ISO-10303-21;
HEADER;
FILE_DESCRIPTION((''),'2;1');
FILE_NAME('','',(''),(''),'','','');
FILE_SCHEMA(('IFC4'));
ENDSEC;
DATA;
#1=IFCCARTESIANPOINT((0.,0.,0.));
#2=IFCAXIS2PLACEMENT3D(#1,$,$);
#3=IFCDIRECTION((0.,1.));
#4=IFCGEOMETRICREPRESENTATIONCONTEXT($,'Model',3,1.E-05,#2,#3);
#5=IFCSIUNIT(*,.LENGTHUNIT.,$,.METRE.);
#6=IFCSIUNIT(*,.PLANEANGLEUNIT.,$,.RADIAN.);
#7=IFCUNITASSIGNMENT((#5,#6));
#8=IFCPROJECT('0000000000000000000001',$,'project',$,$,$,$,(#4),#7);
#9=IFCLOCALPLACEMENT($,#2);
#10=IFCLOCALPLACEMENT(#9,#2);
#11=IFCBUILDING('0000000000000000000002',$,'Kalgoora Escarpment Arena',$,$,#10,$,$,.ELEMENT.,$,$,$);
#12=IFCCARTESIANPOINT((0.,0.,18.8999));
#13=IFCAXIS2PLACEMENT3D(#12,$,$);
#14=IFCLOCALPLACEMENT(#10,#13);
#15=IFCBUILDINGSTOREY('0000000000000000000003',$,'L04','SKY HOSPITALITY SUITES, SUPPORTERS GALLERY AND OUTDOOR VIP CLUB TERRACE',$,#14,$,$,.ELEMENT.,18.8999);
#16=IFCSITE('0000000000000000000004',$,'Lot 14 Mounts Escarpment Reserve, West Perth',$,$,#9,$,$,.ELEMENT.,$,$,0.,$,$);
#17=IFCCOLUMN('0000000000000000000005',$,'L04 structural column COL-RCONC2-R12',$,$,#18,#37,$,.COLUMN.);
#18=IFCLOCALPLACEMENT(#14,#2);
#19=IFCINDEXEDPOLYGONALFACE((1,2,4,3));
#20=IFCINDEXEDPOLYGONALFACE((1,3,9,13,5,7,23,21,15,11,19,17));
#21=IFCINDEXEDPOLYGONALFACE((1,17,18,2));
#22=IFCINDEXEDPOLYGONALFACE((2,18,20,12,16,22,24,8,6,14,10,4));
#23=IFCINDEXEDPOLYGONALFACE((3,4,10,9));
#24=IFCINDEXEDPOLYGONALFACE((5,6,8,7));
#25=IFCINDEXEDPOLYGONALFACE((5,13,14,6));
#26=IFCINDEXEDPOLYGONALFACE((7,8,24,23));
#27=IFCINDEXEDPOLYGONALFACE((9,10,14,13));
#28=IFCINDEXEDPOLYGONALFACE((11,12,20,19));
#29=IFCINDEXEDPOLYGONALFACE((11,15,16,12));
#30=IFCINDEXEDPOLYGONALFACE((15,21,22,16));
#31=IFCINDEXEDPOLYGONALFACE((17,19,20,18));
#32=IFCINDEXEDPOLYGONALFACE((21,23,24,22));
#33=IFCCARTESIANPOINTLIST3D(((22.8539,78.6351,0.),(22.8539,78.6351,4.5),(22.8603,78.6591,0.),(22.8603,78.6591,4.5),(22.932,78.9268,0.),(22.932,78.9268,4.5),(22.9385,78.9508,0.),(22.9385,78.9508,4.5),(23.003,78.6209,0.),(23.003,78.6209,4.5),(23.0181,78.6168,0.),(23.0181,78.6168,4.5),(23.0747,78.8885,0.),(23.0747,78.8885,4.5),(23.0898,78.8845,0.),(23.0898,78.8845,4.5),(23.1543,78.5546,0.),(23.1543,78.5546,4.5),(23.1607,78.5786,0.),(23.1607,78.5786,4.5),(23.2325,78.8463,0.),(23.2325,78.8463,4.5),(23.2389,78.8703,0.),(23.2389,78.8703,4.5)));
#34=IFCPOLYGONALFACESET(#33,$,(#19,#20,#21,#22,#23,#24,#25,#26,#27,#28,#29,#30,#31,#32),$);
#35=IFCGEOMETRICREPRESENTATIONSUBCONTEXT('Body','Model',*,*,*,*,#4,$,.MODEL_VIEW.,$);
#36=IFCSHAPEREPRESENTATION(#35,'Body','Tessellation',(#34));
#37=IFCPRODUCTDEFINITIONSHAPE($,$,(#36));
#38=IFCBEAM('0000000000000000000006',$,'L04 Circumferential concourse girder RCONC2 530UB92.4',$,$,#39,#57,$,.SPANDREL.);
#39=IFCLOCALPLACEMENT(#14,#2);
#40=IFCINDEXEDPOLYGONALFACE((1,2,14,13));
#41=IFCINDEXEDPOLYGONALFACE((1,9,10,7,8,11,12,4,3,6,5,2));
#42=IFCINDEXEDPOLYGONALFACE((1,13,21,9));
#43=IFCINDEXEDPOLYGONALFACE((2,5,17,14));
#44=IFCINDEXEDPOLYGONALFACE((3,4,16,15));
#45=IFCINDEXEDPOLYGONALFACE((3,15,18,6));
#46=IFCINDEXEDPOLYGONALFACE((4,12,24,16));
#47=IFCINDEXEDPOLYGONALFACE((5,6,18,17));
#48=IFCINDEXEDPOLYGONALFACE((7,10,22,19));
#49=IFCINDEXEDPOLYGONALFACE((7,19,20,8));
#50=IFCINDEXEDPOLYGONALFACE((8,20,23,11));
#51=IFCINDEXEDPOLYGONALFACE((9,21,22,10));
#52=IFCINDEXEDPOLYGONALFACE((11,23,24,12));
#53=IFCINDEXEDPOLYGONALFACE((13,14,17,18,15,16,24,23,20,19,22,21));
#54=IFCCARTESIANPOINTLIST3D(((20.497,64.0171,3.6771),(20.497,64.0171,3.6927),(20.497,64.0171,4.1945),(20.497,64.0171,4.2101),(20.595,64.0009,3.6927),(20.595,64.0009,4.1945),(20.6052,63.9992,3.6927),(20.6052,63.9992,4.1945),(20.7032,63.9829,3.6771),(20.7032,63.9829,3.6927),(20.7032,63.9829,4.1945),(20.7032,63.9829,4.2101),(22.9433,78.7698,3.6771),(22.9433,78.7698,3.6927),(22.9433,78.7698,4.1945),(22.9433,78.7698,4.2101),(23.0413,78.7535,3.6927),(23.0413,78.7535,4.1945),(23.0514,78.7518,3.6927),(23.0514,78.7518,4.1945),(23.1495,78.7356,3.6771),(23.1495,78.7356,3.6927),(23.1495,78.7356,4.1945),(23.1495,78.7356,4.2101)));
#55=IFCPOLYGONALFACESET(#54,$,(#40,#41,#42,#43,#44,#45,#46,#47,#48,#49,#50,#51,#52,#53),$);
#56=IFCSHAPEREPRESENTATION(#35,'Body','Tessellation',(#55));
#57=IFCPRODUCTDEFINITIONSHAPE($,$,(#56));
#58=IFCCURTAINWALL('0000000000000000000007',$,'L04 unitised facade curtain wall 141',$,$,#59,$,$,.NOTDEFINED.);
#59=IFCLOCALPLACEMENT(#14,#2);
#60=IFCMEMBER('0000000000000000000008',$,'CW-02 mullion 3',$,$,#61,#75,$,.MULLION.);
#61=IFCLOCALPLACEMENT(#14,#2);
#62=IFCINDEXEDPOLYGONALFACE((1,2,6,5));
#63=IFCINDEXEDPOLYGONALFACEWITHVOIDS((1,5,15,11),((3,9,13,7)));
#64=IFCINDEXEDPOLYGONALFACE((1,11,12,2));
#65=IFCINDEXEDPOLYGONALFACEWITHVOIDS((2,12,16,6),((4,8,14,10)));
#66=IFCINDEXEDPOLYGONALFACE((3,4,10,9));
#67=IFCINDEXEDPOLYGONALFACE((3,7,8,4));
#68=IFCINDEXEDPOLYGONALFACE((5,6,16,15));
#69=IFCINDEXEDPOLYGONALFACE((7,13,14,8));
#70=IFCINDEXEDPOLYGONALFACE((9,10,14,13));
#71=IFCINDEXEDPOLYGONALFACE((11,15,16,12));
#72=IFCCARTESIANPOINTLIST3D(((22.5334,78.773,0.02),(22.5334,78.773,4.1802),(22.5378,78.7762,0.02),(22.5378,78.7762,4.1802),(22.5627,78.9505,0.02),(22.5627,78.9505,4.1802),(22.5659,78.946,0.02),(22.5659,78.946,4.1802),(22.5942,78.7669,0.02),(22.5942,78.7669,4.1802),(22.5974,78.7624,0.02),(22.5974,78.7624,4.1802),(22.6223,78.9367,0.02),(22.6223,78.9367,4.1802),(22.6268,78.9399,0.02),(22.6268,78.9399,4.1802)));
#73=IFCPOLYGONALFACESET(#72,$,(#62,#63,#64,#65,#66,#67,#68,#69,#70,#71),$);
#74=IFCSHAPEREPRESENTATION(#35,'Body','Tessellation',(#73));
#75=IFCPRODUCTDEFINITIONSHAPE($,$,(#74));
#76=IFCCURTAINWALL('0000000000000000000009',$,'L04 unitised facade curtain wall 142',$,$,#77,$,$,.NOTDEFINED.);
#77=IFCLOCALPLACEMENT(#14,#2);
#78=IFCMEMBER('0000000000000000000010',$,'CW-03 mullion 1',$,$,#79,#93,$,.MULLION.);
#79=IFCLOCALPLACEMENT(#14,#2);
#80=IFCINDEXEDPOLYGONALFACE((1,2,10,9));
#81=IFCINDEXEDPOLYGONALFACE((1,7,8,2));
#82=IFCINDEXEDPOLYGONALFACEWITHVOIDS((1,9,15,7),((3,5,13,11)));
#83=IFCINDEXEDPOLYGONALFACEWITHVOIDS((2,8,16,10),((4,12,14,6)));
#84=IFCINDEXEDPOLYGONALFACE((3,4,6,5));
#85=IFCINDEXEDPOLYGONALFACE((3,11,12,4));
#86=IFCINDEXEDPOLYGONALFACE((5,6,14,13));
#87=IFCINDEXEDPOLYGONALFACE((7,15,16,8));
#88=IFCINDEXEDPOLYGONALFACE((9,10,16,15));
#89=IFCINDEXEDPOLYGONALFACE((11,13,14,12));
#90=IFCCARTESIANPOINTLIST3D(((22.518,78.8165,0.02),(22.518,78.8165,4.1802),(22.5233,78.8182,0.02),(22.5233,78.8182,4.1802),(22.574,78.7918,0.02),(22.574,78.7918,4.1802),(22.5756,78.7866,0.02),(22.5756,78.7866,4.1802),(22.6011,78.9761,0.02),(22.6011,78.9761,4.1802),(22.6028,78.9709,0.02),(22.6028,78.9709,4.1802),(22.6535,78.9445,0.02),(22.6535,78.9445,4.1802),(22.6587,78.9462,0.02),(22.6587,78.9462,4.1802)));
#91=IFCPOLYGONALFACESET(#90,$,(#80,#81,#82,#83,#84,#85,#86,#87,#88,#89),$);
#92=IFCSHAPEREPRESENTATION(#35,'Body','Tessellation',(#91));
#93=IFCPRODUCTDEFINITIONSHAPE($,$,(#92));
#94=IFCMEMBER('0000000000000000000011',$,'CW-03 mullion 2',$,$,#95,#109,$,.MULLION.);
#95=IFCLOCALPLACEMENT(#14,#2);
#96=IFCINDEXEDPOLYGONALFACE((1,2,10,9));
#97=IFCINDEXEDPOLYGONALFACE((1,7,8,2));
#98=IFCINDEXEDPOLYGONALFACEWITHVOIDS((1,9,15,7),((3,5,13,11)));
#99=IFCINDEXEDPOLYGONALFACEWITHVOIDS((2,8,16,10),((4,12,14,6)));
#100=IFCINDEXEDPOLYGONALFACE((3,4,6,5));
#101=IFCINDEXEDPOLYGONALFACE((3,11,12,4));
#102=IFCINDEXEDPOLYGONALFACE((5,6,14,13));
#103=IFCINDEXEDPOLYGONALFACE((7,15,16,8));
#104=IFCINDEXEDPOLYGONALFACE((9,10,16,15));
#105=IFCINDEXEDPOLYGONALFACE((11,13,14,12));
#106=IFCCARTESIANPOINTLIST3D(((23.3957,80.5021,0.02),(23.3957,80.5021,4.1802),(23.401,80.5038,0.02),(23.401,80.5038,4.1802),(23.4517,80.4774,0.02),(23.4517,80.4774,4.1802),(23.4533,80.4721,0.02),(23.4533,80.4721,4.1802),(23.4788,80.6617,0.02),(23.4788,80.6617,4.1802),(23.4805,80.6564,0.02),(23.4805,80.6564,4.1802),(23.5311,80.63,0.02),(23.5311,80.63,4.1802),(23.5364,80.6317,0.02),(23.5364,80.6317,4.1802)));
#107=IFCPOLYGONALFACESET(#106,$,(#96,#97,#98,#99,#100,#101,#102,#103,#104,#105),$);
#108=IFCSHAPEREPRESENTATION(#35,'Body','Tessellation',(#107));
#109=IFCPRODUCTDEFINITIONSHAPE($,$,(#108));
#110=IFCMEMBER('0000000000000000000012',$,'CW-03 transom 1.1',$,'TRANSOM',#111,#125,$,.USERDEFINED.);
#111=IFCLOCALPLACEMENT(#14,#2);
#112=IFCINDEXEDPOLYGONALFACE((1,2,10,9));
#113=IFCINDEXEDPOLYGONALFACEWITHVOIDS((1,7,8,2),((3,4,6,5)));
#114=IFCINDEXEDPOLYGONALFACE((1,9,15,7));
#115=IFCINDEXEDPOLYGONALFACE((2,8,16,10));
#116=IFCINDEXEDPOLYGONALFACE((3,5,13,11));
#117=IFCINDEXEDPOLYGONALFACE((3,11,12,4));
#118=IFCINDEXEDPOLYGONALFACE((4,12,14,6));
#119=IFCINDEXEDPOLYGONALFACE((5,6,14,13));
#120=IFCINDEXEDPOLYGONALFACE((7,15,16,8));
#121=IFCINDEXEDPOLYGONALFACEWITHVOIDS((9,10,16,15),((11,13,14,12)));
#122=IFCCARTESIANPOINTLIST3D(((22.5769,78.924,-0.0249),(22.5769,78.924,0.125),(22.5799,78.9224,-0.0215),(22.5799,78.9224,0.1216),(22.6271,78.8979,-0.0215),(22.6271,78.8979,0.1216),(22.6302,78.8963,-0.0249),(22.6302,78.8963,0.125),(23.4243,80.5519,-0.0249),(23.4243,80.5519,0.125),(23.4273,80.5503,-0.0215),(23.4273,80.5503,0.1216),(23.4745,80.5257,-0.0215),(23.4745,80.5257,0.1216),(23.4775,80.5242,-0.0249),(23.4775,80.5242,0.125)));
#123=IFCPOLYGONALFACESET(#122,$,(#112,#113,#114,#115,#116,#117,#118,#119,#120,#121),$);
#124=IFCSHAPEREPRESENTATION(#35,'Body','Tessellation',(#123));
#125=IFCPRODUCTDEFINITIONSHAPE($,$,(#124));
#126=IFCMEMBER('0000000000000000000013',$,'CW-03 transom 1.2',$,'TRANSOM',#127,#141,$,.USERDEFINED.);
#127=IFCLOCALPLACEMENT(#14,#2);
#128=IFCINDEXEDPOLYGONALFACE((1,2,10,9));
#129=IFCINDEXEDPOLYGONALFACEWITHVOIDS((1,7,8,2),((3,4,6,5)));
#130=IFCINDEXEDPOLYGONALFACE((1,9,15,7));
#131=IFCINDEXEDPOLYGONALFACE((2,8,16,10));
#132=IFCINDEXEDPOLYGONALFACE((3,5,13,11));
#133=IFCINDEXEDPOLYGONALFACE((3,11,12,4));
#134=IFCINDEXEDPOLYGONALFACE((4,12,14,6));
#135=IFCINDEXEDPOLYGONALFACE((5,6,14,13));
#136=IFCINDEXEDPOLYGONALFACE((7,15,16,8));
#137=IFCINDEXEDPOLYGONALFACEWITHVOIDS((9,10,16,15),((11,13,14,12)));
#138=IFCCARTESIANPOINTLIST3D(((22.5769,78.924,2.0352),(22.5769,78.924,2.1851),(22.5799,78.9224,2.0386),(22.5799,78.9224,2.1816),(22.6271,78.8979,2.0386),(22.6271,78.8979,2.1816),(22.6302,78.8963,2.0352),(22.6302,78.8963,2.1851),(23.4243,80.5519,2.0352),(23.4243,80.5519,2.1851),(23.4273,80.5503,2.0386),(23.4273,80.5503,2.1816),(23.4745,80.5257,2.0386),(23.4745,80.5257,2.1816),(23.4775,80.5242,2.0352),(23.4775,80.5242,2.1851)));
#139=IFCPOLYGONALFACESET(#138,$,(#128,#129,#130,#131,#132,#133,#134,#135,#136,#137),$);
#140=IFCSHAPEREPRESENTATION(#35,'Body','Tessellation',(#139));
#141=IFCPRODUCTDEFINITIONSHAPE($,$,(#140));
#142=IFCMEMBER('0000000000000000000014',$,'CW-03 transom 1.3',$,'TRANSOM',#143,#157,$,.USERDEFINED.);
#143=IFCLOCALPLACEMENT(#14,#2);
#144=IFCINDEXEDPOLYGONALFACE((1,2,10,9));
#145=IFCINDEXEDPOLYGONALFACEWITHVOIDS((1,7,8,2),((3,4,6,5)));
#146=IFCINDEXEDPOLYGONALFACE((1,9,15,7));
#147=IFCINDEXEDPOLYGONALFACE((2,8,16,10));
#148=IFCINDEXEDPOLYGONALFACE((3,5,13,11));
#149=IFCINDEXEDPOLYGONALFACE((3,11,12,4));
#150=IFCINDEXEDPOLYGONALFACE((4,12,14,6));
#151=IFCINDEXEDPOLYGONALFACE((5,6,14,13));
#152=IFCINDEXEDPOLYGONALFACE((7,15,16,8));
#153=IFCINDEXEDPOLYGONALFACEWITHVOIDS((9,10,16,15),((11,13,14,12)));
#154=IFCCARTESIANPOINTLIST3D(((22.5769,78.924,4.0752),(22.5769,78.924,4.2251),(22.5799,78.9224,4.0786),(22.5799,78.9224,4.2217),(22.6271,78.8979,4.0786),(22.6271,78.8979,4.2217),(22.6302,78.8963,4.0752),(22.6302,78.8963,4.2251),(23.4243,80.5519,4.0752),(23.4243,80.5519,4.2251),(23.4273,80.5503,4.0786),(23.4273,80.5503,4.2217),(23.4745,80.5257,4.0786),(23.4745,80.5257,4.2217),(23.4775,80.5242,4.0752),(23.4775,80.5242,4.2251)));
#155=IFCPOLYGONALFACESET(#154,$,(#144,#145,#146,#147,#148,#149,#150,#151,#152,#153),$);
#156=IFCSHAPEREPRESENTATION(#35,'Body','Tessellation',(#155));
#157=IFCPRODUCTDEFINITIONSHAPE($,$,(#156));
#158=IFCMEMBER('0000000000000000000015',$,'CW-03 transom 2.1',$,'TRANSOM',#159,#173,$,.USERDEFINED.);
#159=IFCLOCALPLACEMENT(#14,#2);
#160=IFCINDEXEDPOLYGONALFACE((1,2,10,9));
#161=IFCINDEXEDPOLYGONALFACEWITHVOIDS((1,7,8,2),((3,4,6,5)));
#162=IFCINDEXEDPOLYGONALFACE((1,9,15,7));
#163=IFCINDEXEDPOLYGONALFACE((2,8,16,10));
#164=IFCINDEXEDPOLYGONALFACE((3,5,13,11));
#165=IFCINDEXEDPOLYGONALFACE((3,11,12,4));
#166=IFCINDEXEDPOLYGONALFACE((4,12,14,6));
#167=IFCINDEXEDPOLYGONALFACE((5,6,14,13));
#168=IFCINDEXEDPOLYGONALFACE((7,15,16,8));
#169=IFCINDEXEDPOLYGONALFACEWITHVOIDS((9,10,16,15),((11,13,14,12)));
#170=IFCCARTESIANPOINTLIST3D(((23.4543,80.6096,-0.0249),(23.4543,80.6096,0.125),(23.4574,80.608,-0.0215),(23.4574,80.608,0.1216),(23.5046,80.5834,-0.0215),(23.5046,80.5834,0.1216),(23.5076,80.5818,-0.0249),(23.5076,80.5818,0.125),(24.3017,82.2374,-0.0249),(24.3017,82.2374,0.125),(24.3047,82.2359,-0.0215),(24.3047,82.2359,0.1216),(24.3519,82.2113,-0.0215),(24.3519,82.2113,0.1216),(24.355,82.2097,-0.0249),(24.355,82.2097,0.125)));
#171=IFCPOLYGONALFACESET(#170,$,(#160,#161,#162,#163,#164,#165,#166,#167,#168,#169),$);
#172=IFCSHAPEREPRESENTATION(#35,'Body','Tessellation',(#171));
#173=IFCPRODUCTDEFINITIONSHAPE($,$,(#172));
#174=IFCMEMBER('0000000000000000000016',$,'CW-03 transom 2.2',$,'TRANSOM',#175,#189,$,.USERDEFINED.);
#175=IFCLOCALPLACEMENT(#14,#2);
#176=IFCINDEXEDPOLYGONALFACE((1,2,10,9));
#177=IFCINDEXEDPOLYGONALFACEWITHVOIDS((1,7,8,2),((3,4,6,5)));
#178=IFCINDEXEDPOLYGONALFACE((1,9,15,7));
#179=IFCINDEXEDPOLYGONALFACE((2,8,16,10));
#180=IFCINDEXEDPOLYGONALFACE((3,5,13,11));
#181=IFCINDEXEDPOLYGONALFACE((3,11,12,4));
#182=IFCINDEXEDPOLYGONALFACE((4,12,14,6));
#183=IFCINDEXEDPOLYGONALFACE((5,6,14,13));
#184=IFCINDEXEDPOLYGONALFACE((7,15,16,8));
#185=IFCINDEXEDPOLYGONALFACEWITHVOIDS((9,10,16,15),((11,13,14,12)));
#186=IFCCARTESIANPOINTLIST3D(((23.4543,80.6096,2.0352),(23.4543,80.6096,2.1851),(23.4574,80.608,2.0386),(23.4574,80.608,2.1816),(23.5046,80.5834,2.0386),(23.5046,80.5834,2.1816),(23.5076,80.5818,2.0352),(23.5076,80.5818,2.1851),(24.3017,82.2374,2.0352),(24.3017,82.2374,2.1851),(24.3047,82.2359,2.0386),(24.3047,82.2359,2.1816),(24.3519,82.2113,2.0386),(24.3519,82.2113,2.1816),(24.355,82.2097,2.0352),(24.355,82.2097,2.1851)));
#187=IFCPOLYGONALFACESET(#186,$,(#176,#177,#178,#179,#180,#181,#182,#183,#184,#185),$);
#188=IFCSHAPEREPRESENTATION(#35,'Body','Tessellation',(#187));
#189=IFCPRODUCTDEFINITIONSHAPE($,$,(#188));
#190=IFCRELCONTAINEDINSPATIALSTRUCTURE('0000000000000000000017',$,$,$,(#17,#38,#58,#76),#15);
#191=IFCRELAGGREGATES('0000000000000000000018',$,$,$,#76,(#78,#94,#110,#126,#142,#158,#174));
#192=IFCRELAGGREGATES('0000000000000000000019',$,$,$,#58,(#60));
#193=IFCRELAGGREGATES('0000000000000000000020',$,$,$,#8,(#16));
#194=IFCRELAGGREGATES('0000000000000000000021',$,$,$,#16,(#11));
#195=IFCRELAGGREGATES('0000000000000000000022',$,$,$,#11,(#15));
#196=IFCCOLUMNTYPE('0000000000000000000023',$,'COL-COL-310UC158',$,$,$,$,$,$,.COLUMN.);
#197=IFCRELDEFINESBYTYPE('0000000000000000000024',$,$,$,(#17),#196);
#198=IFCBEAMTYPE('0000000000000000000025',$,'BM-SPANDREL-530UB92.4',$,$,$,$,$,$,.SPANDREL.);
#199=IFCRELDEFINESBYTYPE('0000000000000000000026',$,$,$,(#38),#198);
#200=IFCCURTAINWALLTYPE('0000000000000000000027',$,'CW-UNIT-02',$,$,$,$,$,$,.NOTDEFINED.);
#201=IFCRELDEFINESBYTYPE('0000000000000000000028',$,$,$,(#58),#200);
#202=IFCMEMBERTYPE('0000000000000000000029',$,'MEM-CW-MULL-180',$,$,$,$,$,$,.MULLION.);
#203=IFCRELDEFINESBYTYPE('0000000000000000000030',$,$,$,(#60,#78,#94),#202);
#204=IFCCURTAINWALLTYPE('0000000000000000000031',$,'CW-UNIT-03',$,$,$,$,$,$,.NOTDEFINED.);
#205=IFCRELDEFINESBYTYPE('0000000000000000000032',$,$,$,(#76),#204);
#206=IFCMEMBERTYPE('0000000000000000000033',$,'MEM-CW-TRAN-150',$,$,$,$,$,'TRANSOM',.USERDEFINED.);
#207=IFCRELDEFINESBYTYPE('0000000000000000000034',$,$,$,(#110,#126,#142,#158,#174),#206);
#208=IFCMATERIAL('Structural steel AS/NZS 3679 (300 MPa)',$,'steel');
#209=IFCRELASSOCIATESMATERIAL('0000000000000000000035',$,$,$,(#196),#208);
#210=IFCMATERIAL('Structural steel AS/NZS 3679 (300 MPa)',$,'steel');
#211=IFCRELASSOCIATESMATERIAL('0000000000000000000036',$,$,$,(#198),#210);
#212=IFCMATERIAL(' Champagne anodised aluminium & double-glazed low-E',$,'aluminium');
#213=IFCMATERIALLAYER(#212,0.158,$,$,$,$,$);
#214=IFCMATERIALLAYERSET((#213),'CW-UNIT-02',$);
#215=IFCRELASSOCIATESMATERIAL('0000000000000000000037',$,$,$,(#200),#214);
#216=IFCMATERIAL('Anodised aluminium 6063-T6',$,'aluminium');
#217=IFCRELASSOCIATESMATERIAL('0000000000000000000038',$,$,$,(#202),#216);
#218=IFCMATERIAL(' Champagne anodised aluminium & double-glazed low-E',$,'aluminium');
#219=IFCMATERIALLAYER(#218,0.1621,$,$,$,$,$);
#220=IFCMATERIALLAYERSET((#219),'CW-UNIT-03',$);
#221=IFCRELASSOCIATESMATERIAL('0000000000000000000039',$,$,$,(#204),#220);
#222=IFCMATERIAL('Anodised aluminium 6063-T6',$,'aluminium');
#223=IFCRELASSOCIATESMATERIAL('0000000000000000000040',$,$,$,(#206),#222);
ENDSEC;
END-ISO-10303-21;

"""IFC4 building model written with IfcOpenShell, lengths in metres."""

from ifc_helpers import new_model, si_unit, direction, frame, origin, origin_2d, place, context, subcontext, project, spatial, hollow_rectangle, i_section, extrude, material, layer, layer_set, material_profile, profile_set, type_object, element, aggregate, save


model = new_model("IFC4")

# Units and contexts
model_context = context("Model", 3, precision=1e-05, world=origin(), true_north=direction((0.0, 1.0)))
body_context = subcontext(model_context, "Body", "Model", "MODEL_VIEW")
ifc_project = project(units=[si_unit("LENGTHUNIT", "METRE"), si_unit("PLANEANGLEUNIT", "RADIAN")], contexts=[model_context])

# Site, building, storey
site_placement = place(None, origin())
site = spatial("IfcSite", under=ifc_project, at=site_placement, Name="Lot 14 Mounts Escarpment Reserve, West Perth", CompositionType="ELEMENT", RefElevation=0.0)
building_placement = place(site_placement, origin())
building = spatial("IfcBuilding", under=site, at=building_placement, Name="Kalgoora Escarpment Arena", CompositionType="ELEMENT")
storey_placement = place(building_placement, frame((0.0, 0.0, 18.8999)))
storey = spatial("IfcBuildingStorey", under=building, at=storey_placement, Name="L04", Description="SKY HOSPITALITY SUITES, SUPPORTERS GALLERY AND OUTDOOR VIP CLUB TERRACE", CompositionType="ELEMENT", Elevation=18.8999)

# Column
ifc_material_1 = material(Name="Structural steel AS/NZS 3679 (300 MPa)", Category="steel")
ifc_material_profile_1 = material_profile(ifc_material_1, i_section(OverallWidth=0.311, OverallDepth=0.3269, WebThickness=0.0156, FlangeThickness=0.0249, at=origin_2d()))
ifc_profile_set_1 = profile_set([ifc_material_profile_1], Name="Structural steel AS/NZS 3679 (300 MPa)")
column_type = type_object("IfcColumnType", Name="COL-COL-310UC158", PredefinedType="COLUMN", material=ifc_profile_set_1)
column_placement = place(storey_placement, frame((23.0464, 78.7527, 0.0), z_axis=(0.0, 0.0, 1.0), x_axis=(-0.965926, 0.258819, 0.0)))
element("IfcColumn", 1, at=column_placement, inside=storey, type_object=column_type, Name="L04 structural column COL-RCONC2-R12", PredefinedType="COLUMN", context=body_context, shape_type="SweptSolid", body=[
    extrude(i_section(OverallWidth=0.311, OverallDepth=0.3269, WebThickness=0.0156, FlangeThickness=0.0249, at=origin_2d()), origin(), (0.0, 0.0, 1.0), 4.5),
])

# Beam
ifc_material_2 = material(Name="Structural steel AS/NZS 3679 (300 MPa)", Category="steel")
ifc_material_profile_2 = material_profile(ifc_material_2, i_section(OverallWidth=0.209, OverallDepth=0.533, WebThickness=0.0103, FlangeThickness=0.0156, at=origin_2d()))
ifc_profile_set_2 = profile_set([ifc_material_profile_2], Name="Structural steel AS/NZS 3679 (300 MPa)")
beam_type = type_object("IfcBeamType", Name="BM-SPANDREL-530UB92.4", PredefinedType="SPANDREL", material=ifc_profile_set_2)
beam_placement = place(storey_placement, frame((23.0464, 78.7527, 3.9436), z_axis=(-0.163586, -0.986529, 0.0), x_axis=(0.986529, -0.163586, 0.0)))
element("IfcBeam", 2, at=beam_placement, inside=storey, type_object=beam_type, Name="L04 Circumferential concourse girder RCONC2 530UB92.4", PredefinedType="SPANDREL", context=body_context, shape_type="SweptSolid", body=[
    extrude(i_section(OverallWidth=0.209, OverallDepth=0.533, WebThickness=0.0103, FlangeThickness=0.0156, at=origin_2d()), origin(), (0.0, 0.0, 1.0), 14.9541),
])

# Curtain wall, member
ifc_material_3 = material(Name=" Champagne anodised aluminium & double-glazed low-E", Category="aluminium")
ifc_layer_1 = layer(ifc_material_3, 0.158)
ifc_layer_set_1 = layer_set([ifc_layer_1], Name="CW-UNIT-02")
curtain_wall_type_1 = type_object("IfcCurtainWallType", Name="CW-UNIT-02", PredefinedType="NOTDEFINED", material=ifc_layer_set_1)
curtain_wall_1_placement = place(storey_placement, origin())
curtain_wall_1 = element("IfcCurtainWall", 3, at=curtain_wall_1_placement, inside=storey, type_object=curtain_wall_type_1, Name="L04 unitised facade curtain wall 141", PredefinedType="NOTDEFINED")
ifc_material_4 = material(Name="Anodised aluminium 6063-T6", Category="aluminium")
ifc_material_profile_3 = material_profile(ifc_material_4, hollow_rectangle(XDim=0.0649, YDim=0.1799, WallThickness=0.0039, at=origin_2d()))
ifc_profile_set_3 = profile_set([ifc_material_profile_3], Name="Anodised aluminium 6063-T6")
member_type_1 = type_object("IfcMemberType", Name="MEM-CW-MULL-180", PredefinedType="MULLION", material=ifc_profile_set_3)
member_1_placement = place(storey_placement, frame((22.5801, 78.8564, 0.02), z_axis=(0.0, 0.0, 1.0), x_axis=(-0.986583, 0.163263, 0.0)))
member_1 = element("IfcMember", 4, at=member_1_placement, type_object=member_type_1, Name="CW-02 mullion 3", PredefinedType="MULLION", context=body_context, shape_type="SweptSolid", body=[
    extrude(hollow_rectangle(XDim=0.0649, YDim=0.1799, WallThickness=0.0039, at=origin_2d()), origin(), (0.0, 0.0, 1.0), 4.1602),
])

# Curtain wall, members
ifc_material_5 = material(Name=" Champagne anodised aluminium & double-glazed low-E", Category="aluminium")
ifc_layer_2 = layer(ifc_material_5, 0.1621)
ifc_layer_set_2 = layer_set([ifc_layer_2], Name="CW-UNIT-03")
curtain_wall_type_2 = type_object("IfcCurtainWallType", Name="CW-UNIT-03", PredefinedType="NOTDEFINED", material=ifc_layer_set_2)
curtain_wall_2_placement = place(storey_placement, origin())
curtain_wall_2 = element("IfcCurtainWall", 5, at=curtain_wall_2_placement, inside=storey, type_object=curtain_wall_type_2, Name="L04 unitised facade curtain wall 142", PredefinedType="NOTDEFINED")
member_2_placement = place(storey_placement, frame((22.5884, 78.8813, 0.02), z_axis=(0.0, 0.0, 1.0), x_axis=(-0.886981, 0.461806, 0.0)))
member_2 = element("IfcMember", 6, at=member_2_placement, type_object=member_type_1, Name="CW-03 mullion 1", PredefinedType="MULLION", context=body_context, shape_type="SweptSolid", body=[
    extrude(hollow_rectangle(XDim=0.0649, YDim=0.1799, WallThickness=0.0039, at=origin_2d()), origin(), (0.0, 0.0, 1.0), 4.1602),
])
member_3_placement = place(storey_placement, frame((23.4661, 80.5669, 0.02), z_axis=(0.0, 0.0, 1.0), x_axis=(-0.886981, 0.461806, 0.0)))
member_3 = element("IfcMember", 7, at=member_3_placement, type_object=member_type_1, Name="CW-03 mullion 2", PredefinedType="MULLION", context=body_context, shape_type="SweptSolid", body=[
    extrude(hollow_rectangle(XDim=0.0649, YDim=0.1799, WallThickness=0.0039, at=origin_2d()), origin(), (0.0, 0.0, 1.0), 4.1602),
])
ifc_material_6 = material(Name="Anodised aluminium 6063-T6", Category="aluminium")
ifc_material_profile_4 = material_profile(ifc_material_6, hollow_rectangle(XDim=0.0601, YDim=0.1499, WallThickness=0.0034, at=origin_2d()))
ifc_profile_set_4 = profile_set([ifc_material_profile_4], Name="Anodised aluminium 6063-T6")
member_type_2 = type_object("IfcMemberType", Name="MEM-CW-TRAN-150", ElementType="TRANSOM", PredefinedType="USERDEFINED", material=ifc_profile_set_4)
member_4_placement = place(storey_placement, frame((22.6035, 78.9102, 0.05), z_axis=(0.461734, 0.887019, 0.0), x_axis=(-0.887019, 0.461734, 0.0)))
member_4 = element("IfcMember", 8, at=member_4_placement, type_object=member_type_2, Name="CW-03 transom 1.1", ObjectType="TRANSOM", PredefinedType="USERDEFINED", context=body_context, shape_type="SweptSolid", body=[
    extrude(hollow_rectangle(XDim=0.0601, YDim=0.1499, WallThickness=0.0034, at=origin_2d()), origin(), (0.0, 0.0, 1.0), 1.8352),
])
member_5_placement = place(storey_placement, frame((22.6035, 78.9102, 2.1101), z_axis=(0.461734, 0.887019, 0.0), x_axis=(-0.887019, 0.461734, 0.0)))
member_5 = element("IfcMember", 9, at=member_5_placement, type_object=member_type_2, Name="CW-03 transom 1.2", ObjectType="TRANSOM", PredefinedType="USERDEFINED", context=body_context, shape_type="SweptSolid", body=[
    extrude(hollow_rectangle(XDim=0.0601, YDim=0.1499, WallThickness=0.0034, at=origin_2d()), origin(), (0.0, 0.0, 1.0), 1.8352),
])
member_6_placement = place(storey_placement, frame((22.6035, 78.9102, 4.1501), z_axis=(0.461734, 0.887019, 0.0), x_axis=(-0.887019, 0.461734, 0.0)))
member_6 = element("IfcMember", 10, at=member_6_placement, type_object=member_type_2, Name="CW-03 transom 1.3", ObjectType="TRANSOM", PredefinedType="USERDEFINED", context=body_context, shape_type="SweptSolid", body=[
    extrude(hollow_rectangle(XDim=0.0601, YDim=0.1499, WallThickness=0.0034, at=origin_2d()), origin(), (0.0, 0.0, 1.0), 1.8352),
])
member_7_placement = place(storey_placement, frame((23.481, 80.5957, 0.05), z_axis=(0.461734, 0.887019, 0.0), x_axis=(-0.887019, 0.461734, 0.0)))
member_7 = element("IfcMember", 11, at=member_7_placement, type_object=member_type_2, Name="CW-03 transom 2.1", ObjectType="TRANSOM", PredefinedType="USERDEFINED", context=body_context, shape_type="SweptSolid", body=[
    extrude(hollow_rectangle(XDim=0.0601, YDim=0.1499, WallThickness=0.0034, at=origin_2d()), origin(), (0.0, 0.0, 1.0), 1.8352),
])
member_8_placement = place(storey_placement, frame((23.481, 80.5957, 2.1101), z_axis=(0.461734, 0.887019, 0.0), x_axis=(-0.887019, 0.461734, 0.0)))
member_8 = element("IfcMember", 12, at=member_8_placement, type_object=member_type_2, Name="CW-03 transom 2.2", ObjectType="TRANSOM", PredefinedType="USERDEFINED", context=body_context, shape_type="SweptSolid", body=[
    extrude(hollow_rectangle(XDim=0.0601, YDim=0.1499, WallThickness=0.0034, at=origin_2d()), origin(), (0.0, 0.0, 1.0), 1.8352),
])
aggregate(curtain_wall_2, [member_2, member_3, member_4, member_5, member_6, member_7, member_8])

aggregate(curtain_wall_1, [member_1])

save(model, "model.ifc")
